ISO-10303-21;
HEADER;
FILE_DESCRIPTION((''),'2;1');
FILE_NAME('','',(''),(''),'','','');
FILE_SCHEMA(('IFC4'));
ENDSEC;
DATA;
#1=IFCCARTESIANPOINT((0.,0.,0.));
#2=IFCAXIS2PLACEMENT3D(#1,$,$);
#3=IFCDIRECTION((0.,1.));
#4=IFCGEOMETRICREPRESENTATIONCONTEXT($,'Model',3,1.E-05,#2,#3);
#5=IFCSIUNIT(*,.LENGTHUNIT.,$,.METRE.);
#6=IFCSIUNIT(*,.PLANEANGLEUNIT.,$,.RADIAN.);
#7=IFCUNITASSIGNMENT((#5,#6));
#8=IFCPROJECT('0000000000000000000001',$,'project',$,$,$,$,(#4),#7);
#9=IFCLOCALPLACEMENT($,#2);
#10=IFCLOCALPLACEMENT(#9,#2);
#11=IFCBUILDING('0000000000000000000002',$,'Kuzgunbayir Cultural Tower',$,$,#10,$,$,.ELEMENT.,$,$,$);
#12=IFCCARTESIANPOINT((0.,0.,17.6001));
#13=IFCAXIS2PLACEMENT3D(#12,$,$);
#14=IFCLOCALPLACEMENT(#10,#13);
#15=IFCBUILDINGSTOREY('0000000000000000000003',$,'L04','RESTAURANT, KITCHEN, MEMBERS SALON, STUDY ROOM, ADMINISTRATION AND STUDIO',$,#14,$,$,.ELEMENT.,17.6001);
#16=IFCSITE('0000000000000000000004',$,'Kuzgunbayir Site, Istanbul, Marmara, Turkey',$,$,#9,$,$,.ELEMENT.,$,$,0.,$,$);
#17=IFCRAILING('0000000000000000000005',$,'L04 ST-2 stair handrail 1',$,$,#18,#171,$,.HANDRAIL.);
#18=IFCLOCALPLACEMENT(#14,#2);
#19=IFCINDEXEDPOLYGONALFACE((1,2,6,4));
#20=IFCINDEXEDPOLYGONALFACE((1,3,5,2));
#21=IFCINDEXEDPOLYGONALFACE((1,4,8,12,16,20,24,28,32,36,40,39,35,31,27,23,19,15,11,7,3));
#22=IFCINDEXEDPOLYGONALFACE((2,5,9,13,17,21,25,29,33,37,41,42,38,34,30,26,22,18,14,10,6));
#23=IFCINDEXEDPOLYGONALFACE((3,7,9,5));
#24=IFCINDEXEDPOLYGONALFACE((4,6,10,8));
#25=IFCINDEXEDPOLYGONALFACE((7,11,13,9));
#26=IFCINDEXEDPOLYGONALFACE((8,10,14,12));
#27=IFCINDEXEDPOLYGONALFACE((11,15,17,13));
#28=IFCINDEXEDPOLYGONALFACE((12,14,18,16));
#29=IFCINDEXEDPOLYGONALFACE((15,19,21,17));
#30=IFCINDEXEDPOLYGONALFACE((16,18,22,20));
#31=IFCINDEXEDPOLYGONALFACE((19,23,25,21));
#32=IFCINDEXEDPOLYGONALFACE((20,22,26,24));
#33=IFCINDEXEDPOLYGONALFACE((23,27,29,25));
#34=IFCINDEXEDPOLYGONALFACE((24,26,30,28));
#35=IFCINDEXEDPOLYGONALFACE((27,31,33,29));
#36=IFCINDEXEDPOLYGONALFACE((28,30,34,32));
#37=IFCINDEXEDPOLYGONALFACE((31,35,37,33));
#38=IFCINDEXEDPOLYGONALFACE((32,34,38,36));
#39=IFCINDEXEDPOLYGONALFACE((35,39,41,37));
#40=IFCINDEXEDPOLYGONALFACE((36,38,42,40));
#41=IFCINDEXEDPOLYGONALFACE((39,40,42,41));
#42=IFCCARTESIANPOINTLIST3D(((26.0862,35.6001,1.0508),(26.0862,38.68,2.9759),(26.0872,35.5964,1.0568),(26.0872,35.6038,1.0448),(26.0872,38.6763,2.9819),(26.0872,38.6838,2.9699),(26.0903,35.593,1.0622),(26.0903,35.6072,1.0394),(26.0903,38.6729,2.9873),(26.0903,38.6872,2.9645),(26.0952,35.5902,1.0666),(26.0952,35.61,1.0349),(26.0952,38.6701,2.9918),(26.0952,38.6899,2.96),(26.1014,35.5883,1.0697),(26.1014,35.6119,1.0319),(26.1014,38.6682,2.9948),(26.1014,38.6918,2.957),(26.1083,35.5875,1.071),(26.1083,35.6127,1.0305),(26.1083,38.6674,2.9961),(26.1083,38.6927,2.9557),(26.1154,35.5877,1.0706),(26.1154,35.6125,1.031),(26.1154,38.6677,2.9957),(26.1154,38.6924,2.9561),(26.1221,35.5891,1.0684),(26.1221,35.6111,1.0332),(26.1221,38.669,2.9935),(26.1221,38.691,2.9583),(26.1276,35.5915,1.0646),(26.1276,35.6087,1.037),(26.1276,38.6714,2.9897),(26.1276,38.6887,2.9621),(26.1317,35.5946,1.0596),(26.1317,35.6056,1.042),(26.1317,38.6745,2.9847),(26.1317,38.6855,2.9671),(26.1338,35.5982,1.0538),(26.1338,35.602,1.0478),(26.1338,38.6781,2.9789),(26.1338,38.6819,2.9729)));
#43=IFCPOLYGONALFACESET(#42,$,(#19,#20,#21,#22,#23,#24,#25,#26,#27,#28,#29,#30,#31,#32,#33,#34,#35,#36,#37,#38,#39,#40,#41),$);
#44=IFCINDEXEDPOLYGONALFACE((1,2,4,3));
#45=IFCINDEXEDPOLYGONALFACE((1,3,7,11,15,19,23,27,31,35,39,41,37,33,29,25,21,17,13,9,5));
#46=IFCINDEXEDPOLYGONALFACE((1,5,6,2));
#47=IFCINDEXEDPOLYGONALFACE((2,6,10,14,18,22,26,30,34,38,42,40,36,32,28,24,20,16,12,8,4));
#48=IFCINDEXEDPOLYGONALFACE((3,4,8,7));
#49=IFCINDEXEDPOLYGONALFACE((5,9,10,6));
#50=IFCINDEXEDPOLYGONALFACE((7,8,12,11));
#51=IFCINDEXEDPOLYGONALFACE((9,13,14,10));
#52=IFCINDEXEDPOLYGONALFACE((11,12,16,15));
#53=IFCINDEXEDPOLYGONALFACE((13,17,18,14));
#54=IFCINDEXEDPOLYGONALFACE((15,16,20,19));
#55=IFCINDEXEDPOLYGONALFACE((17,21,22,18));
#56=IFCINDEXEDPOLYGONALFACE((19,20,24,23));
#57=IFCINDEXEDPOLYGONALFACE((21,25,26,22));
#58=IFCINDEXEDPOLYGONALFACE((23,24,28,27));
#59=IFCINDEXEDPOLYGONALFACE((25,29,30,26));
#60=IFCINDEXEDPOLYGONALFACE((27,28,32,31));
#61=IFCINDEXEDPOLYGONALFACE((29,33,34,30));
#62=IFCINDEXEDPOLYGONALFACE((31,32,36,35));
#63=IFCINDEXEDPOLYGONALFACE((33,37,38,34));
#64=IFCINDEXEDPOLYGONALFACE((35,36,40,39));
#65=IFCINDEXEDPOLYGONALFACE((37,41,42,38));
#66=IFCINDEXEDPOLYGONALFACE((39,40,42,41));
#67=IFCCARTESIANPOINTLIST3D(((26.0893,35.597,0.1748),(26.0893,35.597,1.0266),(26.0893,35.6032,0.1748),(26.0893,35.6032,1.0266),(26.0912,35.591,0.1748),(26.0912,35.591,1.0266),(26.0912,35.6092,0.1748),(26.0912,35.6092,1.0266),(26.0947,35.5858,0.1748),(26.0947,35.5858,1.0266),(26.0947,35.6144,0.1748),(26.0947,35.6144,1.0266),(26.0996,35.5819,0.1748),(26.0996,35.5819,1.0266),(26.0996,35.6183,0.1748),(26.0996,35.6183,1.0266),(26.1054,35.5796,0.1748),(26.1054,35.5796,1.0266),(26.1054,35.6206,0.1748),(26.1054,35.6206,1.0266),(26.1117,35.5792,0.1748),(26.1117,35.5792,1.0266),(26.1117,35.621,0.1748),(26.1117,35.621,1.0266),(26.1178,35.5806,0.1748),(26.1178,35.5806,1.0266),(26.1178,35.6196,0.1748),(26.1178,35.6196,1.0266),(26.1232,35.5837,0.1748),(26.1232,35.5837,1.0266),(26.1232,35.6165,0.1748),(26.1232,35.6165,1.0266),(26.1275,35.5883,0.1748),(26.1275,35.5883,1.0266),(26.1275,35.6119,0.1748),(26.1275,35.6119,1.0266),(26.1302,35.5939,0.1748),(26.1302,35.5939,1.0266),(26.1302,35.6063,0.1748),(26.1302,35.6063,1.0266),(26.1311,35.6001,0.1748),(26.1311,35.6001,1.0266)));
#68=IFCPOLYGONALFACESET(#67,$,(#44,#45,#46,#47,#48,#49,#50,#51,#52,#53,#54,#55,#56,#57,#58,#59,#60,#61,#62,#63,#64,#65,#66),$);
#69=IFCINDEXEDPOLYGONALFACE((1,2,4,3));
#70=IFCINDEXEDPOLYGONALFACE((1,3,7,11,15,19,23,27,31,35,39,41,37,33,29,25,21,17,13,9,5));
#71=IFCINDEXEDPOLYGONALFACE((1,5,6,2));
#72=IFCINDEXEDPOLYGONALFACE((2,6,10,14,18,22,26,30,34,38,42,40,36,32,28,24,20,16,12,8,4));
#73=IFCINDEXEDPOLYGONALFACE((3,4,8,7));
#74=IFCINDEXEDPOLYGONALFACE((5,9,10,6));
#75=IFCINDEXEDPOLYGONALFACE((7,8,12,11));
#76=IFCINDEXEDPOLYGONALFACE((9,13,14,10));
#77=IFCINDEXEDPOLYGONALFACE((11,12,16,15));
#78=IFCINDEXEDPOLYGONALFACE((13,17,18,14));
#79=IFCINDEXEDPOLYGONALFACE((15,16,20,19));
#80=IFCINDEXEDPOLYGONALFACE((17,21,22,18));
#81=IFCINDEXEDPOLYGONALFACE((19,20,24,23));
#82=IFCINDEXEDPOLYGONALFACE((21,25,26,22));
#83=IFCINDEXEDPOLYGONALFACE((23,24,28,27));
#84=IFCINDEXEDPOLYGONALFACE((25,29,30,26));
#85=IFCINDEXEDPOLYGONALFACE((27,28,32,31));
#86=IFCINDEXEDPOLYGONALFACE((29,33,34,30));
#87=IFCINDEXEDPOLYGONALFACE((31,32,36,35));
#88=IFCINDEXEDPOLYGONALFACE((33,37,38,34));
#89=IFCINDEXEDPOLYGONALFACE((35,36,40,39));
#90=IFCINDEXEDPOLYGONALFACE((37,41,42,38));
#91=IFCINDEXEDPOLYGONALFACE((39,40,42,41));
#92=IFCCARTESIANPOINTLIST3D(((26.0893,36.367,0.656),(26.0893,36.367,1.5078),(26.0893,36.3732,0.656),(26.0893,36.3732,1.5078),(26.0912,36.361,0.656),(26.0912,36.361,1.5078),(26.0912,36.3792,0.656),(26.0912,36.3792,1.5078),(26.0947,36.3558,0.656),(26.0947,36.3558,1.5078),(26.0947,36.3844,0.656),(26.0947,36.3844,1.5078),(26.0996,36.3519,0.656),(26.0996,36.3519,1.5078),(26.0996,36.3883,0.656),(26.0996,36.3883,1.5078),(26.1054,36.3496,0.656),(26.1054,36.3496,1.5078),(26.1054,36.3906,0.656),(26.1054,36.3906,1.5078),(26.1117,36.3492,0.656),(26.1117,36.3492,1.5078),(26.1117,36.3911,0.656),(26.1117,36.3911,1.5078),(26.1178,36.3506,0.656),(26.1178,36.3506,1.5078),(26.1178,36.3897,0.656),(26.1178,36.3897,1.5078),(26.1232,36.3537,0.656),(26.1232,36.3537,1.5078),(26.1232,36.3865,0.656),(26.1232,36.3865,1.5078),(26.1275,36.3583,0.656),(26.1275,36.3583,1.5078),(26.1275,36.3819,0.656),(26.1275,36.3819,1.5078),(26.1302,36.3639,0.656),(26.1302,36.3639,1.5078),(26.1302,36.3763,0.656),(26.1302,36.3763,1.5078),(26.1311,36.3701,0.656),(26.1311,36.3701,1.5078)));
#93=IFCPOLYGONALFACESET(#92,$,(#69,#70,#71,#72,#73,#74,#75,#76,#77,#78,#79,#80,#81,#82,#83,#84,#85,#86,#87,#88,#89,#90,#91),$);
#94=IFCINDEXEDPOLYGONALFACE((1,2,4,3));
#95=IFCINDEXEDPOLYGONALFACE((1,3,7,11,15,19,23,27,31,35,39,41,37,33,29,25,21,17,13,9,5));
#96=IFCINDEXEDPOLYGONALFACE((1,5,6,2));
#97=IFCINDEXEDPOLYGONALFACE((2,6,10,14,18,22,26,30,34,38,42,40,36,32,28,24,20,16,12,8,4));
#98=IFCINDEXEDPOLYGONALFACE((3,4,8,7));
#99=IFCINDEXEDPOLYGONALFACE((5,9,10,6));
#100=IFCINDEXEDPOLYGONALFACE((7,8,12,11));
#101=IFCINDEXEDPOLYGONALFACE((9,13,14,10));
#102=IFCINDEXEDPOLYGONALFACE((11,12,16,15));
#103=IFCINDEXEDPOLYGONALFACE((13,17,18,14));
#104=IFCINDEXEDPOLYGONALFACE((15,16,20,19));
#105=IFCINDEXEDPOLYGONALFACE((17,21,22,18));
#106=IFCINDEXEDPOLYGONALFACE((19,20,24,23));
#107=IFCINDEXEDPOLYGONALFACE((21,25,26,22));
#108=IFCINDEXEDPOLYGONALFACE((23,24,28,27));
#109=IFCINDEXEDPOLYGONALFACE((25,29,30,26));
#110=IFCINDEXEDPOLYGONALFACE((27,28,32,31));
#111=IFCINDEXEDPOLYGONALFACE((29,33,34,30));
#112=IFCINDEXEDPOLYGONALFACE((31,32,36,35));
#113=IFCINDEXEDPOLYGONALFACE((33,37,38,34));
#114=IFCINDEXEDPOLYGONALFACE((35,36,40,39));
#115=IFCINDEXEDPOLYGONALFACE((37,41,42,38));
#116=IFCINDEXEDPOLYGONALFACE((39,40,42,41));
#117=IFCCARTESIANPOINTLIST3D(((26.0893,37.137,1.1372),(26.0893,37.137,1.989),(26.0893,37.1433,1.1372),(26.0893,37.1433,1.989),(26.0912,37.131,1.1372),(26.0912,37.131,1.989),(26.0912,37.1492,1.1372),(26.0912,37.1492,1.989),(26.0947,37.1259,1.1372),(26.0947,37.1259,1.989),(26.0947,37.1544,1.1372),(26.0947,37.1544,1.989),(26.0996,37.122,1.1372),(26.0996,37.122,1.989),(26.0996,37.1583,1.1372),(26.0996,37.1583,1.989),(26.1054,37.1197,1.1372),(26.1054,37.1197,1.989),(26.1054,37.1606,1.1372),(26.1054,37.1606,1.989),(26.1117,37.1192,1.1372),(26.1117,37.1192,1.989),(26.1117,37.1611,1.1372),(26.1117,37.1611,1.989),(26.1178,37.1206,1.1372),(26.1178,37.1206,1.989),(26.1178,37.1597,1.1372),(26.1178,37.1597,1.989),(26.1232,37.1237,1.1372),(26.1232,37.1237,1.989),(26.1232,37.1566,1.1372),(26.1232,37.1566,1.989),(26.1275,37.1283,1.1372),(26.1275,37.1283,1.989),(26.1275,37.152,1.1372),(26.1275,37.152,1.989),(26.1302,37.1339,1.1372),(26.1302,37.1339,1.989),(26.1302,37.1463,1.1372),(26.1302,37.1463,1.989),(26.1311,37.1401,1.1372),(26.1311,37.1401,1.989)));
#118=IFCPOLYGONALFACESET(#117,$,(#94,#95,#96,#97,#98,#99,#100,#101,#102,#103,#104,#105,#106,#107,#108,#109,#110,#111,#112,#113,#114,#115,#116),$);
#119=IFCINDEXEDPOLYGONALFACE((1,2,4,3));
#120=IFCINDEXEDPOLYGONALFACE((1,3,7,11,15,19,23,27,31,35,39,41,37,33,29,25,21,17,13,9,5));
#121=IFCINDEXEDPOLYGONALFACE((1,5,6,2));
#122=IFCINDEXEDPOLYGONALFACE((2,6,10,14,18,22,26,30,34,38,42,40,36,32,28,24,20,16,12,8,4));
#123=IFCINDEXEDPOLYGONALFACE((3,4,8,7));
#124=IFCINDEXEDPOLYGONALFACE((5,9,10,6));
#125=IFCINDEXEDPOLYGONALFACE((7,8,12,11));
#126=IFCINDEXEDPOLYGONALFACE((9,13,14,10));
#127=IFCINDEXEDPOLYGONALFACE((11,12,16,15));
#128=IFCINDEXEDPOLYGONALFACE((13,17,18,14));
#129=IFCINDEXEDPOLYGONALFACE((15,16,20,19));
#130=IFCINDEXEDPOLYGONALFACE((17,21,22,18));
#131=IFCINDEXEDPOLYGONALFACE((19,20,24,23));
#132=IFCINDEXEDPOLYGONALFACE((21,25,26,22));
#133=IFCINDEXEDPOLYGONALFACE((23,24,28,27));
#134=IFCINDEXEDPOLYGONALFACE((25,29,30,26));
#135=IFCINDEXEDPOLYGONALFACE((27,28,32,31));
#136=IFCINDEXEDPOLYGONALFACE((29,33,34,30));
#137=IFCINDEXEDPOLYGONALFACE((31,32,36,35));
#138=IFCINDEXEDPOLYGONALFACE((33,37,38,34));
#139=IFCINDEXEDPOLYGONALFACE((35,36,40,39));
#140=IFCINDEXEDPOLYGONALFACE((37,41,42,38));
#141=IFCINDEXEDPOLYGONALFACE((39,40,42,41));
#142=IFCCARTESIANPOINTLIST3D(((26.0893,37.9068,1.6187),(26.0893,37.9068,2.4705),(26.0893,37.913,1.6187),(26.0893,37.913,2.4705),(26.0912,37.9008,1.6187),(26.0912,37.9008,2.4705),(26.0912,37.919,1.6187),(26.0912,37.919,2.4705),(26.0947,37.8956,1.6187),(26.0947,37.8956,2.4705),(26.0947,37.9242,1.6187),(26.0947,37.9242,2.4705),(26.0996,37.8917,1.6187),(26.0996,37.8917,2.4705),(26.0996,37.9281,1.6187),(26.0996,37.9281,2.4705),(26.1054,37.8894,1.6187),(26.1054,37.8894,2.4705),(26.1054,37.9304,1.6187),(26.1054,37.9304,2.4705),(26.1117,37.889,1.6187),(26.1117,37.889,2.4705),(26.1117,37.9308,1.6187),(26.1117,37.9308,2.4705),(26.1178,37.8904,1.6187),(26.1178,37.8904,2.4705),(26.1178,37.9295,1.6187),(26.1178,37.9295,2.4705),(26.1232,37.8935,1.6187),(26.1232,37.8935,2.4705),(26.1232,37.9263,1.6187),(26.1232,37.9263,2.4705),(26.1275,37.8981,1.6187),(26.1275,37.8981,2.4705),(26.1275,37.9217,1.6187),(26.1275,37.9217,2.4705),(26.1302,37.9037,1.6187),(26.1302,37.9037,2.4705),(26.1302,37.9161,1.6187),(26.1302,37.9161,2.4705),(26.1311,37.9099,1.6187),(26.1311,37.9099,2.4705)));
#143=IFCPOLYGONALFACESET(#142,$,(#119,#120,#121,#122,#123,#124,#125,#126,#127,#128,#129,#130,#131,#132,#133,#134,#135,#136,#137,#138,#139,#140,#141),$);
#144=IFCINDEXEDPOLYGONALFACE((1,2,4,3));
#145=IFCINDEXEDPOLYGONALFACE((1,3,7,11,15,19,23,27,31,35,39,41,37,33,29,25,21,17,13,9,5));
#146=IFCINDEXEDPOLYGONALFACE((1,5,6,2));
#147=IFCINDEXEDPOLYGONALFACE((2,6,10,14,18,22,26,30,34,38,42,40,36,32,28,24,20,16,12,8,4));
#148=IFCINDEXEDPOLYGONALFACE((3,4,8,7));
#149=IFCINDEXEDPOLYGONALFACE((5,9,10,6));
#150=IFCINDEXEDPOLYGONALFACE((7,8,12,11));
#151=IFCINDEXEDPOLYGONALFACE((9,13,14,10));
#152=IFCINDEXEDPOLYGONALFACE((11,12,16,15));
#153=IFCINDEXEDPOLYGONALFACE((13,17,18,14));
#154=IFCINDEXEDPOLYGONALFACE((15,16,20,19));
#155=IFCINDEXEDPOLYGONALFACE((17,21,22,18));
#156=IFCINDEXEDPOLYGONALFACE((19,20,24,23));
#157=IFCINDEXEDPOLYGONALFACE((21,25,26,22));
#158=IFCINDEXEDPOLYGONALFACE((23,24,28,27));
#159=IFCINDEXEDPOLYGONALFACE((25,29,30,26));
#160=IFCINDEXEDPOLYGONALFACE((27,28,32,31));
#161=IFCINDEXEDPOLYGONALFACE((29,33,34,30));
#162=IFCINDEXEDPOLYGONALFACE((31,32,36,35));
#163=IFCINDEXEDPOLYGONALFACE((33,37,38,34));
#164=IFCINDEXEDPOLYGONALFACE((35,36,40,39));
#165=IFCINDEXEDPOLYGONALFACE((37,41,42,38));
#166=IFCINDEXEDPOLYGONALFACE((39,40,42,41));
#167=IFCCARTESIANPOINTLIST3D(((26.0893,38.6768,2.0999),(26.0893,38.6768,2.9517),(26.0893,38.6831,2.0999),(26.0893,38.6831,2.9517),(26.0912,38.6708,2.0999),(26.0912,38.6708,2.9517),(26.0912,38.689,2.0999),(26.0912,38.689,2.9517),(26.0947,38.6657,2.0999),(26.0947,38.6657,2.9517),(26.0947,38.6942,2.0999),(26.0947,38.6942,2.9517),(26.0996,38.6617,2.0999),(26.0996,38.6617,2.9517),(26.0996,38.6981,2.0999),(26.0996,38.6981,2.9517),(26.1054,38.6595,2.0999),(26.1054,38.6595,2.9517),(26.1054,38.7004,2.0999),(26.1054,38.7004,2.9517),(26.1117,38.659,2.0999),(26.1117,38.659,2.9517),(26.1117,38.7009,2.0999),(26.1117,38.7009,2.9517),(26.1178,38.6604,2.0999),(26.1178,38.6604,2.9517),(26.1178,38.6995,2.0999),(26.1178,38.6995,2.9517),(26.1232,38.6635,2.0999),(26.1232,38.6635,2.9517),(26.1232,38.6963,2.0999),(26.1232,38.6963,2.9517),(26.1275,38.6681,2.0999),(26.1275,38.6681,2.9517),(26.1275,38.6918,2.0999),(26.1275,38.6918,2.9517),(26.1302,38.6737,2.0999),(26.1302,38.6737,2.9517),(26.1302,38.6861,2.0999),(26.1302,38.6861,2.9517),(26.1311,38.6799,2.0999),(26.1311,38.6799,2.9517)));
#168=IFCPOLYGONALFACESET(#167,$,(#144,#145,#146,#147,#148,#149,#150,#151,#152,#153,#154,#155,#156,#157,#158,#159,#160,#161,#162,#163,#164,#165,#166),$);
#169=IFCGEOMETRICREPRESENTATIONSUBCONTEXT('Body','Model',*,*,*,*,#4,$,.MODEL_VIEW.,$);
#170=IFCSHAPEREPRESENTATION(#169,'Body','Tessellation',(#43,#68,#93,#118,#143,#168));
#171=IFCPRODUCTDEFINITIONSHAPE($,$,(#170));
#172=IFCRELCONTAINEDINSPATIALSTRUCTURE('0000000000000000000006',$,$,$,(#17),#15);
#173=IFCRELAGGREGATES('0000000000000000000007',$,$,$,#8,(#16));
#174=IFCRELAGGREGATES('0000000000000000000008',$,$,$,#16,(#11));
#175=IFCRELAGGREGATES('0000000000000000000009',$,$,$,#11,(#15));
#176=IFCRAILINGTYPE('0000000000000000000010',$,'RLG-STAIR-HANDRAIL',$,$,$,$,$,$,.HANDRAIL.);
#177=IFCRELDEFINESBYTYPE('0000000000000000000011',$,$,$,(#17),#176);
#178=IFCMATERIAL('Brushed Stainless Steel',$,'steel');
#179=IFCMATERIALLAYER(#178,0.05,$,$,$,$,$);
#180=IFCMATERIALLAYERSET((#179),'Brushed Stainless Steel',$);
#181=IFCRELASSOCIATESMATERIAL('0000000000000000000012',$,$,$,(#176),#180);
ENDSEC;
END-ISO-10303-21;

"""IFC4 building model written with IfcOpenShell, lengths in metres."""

from ifc_helpers import new_model, si_unit, direction, frame, origin, origin_2d, place, context, subcontext, project, spatial, circle, extrude, material, layer, layer_set, type_object, element, save


model = new_model("IFC4")

# Units and contexts
model_context = context("Model", 3, precision=1e-05, world=origin(), true_north=direction((0.0, 1.0)))
body_context = subcontext(model_context, "Body", "Model", "MODEL_VIEW")
ifc_project = project(units=[si_unit("LENGTHUNIT", "METRE"), si_unit("PLANEANGLEUNIT", "RADIAN")], contexts=[model_context])

# Site, building, storey
site_placement = place(None, origin())
site = spatial("IfcSite", under=ifc_project, at=site_placement, Name="Kuzgunbayir Site, Istanbul, Marmara, Turkey", CompositionType="ELEMENT", RefElevation=0.0)
building_placement = place(site_placement, origin())
building = spatial("IfcBuilding", under=site, at=building_placement, Name="Kuzgunbayir Cultural Tower", CompositionType="ELEMENT")
storey_placement = place(building_placement, frame((0.0, 0.0, 17.6001)))
storey = spatial("IfcBuildingStorey", under=building, at=storey_placement, Name="L04", Description="RESTAURANT, KITCHEN, MEMBERS SALON, STUDY ROOM, ADMINISTRATION AND STUDIO", CompositionType="ELEMENT", Elevation=17.6001)

# Shared definitions
ifc_material_1 = material(Name="Brushed Stainless Steel", Category="steel")

# Railing
ifc_layer_1 = layer(ifc_material_1, 0.05)
ifc_layer_set_1 = layer_set([ifc_layer_1], Name="Brushed Stainless Steel")
railing_type_1 = type_object("IfcRailingType", Name="RLG-STAIR-HANDRAIL", PredefinedType="HANDRAIL", material=ifc_layer_set_1)
railing_1_placement = place(storey_placement, frame((26.1101, 35.6001, 0.1748)))
element("IfcRailing", 1, at=railing_1_placement, inside=storey, type_object=railing_type_1, Name="L04 ST-2 stair handrail 1", PredefinedType="HANDRAIL", context=body_context, shape_type="SweptSolid", body=[
    extrude(circle(Radius=0.0239, at=origin_2d()), frame((0.0, 0.0, 0.876), z_axis=(0.0, 0.847979, 0.530029), x_axis=(-1.0, 0.0, 0.0)), (0.0, 0.0, 1.0), 3.6321),
    extrude(circle(Radius=0.021, at=origin_2d()), origin(), (0.0, 0.0, 1.0), 0.8518),
    extrude(circle(Radius=0.021, at=origin_2d()), frame((0.0, 0.77, 0.4812)), (0.0, 0.0, 1.0), 0.8518),
    extrude(circle(Radius=0.021, at=origin_2d()), frame((0.0, 1.54, 0.9624)), (0.0, 0.0, 1.0), 0.8518),
    extrude(circle(Radius=0.021, at=origin_2d()), frame((0.0, 2.3098, 1.4438)), (0.0, 0.0, 1.0), 0.8518),
    extrude(circle(Radius=0.021, at=origin_2d()), frame((0.0, 3.0798, 1.925)), (0.0, 0.0, 1.0), 0.8518),
])

save(model, "model.ifc")
